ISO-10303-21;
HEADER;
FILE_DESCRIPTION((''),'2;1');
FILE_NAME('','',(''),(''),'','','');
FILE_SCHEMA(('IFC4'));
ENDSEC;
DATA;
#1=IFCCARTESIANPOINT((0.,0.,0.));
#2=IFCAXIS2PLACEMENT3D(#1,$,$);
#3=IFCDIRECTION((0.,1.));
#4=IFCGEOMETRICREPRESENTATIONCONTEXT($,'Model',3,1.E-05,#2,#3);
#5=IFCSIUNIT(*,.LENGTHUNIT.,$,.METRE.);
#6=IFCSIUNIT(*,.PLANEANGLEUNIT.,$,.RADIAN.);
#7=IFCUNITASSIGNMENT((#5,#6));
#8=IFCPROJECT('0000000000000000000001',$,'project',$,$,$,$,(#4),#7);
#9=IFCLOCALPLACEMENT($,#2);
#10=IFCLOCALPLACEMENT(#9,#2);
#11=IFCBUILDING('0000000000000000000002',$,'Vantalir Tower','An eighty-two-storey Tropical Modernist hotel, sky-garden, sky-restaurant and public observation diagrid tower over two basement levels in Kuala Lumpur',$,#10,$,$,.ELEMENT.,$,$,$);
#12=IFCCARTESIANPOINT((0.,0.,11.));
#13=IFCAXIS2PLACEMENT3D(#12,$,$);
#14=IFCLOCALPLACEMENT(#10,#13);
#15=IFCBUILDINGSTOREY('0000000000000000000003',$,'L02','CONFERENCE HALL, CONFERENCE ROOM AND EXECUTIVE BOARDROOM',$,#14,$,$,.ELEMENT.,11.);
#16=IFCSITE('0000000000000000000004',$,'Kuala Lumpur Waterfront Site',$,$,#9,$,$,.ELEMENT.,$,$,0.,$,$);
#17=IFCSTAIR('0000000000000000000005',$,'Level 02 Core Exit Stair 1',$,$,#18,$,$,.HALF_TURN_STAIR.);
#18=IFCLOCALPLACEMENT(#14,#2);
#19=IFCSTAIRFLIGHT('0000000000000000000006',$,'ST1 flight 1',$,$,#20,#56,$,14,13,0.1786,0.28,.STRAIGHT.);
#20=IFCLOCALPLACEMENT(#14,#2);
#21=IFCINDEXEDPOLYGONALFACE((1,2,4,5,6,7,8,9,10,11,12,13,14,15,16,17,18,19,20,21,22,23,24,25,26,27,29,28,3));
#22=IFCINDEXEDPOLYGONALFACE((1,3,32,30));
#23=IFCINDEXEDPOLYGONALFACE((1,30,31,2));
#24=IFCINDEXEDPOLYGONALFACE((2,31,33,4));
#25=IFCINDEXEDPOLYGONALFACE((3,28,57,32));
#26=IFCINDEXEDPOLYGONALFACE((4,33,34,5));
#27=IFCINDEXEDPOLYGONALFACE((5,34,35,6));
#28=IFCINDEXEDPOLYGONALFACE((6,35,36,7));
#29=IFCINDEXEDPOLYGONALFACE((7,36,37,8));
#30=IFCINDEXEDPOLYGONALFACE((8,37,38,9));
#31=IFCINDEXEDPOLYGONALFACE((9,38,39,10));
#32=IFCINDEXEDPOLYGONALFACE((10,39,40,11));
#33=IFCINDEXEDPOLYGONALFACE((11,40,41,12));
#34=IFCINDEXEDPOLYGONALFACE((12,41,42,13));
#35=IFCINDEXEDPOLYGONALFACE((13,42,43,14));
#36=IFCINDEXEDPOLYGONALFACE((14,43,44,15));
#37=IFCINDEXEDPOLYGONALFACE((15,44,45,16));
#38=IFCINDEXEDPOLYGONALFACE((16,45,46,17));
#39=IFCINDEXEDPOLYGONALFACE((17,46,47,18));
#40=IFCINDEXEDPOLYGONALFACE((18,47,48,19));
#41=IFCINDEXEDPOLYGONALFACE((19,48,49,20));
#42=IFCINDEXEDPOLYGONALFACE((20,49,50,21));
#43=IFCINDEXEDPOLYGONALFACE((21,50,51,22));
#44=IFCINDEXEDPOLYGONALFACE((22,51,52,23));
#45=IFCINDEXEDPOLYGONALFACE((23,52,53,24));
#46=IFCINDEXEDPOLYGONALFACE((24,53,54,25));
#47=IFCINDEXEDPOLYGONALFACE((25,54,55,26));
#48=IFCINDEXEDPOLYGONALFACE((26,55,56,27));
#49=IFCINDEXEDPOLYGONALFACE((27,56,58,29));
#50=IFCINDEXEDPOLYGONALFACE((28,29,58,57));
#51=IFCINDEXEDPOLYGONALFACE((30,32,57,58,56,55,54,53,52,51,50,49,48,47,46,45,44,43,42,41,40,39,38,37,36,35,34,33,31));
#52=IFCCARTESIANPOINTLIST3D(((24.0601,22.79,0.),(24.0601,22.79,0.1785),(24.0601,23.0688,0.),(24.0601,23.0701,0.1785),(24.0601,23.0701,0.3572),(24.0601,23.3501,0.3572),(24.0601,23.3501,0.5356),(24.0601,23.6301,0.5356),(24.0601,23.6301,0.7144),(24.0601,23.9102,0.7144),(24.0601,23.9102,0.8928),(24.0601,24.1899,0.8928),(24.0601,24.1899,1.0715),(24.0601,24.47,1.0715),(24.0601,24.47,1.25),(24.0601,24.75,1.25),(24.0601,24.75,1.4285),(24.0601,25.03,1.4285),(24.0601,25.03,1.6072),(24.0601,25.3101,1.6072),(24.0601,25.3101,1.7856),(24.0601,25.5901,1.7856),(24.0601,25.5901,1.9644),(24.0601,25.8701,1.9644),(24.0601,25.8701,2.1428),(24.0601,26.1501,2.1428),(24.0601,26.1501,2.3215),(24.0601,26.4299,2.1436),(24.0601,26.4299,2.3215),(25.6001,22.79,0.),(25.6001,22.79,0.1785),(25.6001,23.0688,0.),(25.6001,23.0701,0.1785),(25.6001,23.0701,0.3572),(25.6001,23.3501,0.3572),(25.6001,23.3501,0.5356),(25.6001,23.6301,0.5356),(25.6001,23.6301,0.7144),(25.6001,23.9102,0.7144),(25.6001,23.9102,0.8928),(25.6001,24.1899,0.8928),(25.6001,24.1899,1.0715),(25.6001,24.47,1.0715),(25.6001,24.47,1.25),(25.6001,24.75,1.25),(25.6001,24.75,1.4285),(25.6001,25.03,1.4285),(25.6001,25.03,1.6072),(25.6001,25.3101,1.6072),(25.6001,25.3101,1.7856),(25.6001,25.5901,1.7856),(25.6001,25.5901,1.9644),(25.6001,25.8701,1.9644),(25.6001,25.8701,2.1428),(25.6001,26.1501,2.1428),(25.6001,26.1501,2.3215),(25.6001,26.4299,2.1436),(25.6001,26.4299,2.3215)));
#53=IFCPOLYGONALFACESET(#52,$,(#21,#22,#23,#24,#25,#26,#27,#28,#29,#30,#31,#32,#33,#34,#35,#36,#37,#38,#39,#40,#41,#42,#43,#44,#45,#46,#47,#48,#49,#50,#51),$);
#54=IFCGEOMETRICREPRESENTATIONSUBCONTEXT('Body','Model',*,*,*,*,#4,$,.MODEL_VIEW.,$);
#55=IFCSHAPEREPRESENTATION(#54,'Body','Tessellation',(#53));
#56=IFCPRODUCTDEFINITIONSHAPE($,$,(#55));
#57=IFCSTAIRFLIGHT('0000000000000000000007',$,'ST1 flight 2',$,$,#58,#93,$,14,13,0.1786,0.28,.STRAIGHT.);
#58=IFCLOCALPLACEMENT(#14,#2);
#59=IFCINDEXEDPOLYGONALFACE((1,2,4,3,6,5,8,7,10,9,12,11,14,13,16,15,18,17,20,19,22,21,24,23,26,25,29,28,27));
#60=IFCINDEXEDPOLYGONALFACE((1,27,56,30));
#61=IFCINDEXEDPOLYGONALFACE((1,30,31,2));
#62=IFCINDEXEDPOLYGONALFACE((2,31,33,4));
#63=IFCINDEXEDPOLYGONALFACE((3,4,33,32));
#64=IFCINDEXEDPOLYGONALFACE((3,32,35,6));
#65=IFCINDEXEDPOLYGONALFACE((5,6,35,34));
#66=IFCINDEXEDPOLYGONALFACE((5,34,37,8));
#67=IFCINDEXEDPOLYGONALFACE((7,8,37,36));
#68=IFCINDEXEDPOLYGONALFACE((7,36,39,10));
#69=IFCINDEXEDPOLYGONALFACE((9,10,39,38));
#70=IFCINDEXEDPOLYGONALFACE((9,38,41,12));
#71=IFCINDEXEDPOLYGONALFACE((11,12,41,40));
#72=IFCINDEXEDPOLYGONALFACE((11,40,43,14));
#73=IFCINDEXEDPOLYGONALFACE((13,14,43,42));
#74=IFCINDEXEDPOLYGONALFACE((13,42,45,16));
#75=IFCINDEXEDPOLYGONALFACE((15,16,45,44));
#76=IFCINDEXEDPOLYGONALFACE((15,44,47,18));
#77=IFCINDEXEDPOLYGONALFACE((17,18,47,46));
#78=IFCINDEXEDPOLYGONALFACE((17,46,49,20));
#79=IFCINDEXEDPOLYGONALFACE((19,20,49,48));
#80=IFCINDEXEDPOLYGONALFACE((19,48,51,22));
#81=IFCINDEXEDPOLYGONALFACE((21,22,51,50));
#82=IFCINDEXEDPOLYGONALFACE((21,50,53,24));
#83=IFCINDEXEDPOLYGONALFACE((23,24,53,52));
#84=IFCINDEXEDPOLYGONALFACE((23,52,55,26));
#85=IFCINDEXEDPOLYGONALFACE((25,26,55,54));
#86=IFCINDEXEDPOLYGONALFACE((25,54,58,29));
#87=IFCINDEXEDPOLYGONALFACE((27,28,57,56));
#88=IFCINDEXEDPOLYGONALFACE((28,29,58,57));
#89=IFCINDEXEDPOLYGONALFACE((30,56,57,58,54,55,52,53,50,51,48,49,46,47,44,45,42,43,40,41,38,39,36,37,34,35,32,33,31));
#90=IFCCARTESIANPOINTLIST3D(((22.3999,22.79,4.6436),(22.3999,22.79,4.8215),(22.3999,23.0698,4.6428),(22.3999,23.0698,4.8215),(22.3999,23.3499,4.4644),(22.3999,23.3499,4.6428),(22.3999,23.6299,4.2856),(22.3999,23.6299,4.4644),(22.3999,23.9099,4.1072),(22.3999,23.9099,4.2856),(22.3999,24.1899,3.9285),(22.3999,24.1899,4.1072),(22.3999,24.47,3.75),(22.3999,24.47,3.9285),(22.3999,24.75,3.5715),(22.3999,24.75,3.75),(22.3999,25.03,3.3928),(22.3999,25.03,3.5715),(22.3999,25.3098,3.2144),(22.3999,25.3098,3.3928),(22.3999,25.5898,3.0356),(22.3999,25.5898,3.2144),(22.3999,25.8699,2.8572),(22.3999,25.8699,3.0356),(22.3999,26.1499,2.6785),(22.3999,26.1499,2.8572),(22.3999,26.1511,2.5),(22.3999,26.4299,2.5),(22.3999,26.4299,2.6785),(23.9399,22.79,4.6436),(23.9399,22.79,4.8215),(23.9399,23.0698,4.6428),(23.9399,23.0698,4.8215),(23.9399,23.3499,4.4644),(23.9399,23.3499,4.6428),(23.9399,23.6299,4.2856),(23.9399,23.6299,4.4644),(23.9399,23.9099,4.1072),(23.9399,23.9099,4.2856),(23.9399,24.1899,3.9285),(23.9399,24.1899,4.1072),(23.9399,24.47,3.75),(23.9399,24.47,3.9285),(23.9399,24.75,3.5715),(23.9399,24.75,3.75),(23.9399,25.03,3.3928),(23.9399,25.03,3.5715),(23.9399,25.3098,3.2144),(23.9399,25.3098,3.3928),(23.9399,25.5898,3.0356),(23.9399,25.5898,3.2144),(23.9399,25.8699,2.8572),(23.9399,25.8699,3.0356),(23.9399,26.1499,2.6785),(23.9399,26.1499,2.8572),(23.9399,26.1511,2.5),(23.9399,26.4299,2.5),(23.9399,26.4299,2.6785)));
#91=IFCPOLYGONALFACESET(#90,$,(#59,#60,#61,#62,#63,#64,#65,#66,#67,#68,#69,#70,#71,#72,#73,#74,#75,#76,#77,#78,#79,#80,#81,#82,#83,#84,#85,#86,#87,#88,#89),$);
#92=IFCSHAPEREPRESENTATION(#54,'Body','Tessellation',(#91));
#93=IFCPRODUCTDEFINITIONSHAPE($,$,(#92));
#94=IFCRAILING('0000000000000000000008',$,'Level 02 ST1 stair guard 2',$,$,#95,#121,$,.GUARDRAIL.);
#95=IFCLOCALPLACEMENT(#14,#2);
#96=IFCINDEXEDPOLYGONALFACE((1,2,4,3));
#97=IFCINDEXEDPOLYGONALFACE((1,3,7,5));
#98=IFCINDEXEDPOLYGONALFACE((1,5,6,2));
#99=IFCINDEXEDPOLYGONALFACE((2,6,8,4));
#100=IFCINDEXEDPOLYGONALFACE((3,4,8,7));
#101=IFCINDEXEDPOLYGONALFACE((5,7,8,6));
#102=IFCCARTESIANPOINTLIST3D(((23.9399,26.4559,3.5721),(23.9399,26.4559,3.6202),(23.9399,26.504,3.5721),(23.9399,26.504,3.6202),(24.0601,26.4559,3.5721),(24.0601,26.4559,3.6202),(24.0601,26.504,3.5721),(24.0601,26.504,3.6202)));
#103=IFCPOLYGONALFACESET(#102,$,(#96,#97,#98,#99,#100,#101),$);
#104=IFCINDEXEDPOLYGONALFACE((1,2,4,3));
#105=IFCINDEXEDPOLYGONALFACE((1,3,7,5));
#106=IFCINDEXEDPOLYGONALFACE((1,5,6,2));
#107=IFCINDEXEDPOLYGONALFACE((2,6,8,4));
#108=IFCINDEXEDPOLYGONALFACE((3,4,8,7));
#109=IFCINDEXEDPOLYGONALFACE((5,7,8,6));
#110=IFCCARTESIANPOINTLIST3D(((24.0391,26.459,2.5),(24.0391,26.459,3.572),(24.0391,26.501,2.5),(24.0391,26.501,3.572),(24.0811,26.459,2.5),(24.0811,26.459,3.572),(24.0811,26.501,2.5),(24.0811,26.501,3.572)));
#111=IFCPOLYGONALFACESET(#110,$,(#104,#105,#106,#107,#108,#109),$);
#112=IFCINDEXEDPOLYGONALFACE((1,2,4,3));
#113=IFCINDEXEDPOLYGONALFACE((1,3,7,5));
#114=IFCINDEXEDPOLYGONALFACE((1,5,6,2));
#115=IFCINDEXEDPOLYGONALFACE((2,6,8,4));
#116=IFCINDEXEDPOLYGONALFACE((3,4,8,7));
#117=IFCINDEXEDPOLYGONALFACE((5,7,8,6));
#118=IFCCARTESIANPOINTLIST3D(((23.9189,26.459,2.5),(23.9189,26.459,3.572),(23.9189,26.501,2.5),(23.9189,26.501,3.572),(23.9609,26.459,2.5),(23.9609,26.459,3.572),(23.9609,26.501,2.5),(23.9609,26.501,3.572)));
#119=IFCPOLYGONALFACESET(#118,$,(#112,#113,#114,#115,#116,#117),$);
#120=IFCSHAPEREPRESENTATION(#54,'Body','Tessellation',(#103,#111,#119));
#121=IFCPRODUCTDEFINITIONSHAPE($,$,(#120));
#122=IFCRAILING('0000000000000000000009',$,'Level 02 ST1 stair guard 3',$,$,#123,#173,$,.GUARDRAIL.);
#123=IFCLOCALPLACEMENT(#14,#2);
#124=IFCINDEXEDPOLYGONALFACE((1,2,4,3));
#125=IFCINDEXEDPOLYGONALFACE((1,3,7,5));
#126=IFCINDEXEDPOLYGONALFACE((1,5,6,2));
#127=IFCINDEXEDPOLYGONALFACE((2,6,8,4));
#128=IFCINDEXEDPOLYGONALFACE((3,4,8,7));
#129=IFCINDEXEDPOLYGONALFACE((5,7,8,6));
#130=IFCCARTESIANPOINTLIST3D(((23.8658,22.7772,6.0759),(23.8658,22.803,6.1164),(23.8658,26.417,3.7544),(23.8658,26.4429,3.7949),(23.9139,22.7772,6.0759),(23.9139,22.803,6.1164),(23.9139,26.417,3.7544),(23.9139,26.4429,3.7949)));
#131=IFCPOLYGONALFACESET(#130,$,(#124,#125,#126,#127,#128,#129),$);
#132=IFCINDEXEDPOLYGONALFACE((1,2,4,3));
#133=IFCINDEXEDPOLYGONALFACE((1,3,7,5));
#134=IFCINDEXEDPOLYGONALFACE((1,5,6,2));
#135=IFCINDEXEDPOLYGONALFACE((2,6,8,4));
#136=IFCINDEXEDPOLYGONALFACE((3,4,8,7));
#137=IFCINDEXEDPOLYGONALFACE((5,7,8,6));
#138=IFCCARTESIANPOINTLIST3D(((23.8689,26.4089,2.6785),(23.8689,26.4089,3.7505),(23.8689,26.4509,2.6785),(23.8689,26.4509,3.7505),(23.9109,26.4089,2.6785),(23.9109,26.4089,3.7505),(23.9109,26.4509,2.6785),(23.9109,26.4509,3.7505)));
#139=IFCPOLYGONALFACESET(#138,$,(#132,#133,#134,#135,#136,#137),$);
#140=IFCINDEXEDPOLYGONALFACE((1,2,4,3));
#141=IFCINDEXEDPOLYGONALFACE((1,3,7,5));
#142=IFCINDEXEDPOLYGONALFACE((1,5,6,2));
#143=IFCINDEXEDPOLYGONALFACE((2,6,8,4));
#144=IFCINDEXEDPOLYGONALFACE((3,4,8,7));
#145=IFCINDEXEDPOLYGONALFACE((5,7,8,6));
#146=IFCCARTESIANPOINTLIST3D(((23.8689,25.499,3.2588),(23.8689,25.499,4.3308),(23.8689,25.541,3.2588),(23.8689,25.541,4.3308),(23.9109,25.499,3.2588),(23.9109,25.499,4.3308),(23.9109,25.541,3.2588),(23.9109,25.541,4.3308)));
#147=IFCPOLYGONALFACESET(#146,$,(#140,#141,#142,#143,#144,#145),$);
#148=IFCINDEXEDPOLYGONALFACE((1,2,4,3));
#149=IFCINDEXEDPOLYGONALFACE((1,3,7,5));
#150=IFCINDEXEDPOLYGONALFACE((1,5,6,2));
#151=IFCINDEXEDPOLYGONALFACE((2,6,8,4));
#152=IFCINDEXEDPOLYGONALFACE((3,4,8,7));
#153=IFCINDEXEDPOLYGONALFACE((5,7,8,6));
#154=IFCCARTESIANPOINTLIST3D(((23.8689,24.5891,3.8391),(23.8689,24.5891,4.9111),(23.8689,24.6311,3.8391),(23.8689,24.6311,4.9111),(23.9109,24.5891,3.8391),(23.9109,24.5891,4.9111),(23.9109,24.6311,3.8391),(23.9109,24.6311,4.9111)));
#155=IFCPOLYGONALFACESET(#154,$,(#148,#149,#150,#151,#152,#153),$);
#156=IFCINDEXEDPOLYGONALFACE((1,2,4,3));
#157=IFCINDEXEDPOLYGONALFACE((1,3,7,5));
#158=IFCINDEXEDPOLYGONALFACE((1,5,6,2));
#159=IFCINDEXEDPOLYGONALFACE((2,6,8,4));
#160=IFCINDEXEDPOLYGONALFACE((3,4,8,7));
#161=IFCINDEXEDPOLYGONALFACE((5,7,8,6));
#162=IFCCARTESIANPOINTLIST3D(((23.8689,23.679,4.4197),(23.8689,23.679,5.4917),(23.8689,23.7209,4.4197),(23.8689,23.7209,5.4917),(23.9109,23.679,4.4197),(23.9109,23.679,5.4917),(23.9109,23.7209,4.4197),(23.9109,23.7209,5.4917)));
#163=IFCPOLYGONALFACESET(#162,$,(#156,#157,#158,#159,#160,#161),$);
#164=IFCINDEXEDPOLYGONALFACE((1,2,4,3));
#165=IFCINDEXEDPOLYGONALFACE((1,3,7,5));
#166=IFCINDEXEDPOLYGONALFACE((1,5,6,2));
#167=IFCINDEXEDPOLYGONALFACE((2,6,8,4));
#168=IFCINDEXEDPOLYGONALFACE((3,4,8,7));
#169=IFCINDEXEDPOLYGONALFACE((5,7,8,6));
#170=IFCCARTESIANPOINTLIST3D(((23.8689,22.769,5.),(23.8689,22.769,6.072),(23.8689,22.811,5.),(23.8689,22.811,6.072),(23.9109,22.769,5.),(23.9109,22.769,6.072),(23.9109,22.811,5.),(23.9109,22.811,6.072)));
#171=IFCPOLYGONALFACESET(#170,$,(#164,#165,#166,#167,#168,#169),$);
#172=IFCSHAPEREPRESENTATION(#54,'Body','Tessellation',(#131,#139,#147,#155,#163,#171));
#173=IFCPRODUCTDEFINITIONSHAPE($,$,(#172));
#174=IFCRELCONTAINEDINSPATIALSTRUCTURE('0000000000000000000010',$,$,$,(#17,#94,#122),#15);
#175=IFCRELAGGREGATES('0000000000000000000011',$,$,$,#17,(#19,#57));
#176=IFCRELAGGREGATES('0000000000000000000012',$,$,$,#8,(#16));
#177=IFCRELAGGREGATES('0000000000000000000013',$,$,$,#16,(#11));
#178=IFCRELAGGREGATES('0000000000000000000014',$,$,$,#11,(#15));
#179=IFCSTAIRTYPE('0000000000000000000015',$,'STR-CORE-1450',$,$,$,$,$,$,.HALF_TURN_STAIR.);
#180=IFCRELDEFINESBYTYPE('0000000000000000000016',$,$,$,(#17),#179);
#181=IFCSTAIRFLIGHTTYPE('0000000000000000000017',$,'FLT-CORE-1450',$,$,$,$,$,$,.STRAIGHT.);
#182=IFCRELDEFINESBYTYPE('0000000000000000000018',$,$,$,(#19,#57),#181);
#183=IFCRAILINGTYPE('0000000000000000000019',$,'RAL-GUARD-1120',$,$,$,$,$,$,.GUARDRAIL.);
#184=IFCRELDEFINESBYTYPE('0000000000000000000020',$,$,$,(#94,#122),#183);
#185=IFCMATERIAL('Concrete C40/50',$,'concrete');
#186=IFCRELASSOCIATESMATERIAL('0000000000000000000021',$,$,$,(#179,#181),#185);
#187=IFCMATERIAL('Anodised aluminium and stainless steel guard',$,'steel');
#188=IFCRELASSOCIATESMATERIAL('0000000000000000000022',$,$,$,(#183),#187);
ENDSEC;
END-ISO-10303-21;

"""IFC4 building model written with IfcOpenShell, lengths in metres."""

from ifc_helpers import new_model, si_unit, direction, frame, origin, origin_2d, place, context, subcontext, project, spatial, polyline, rectangle, outline, extrude, material, type_object, element, aggregate, save


model = new_model("IFC4")

# Units and contexts
model_context = context("Model", 3, precision=1e-05, world=origin(), true_north=direction((0.0, 1.0)))
body_context = subcontext(model_context, "Body", "Model", "MODEL_VIEW")
ifc_project = project(units=[si_unit("LENGTHUNIT", "METRE"), si_unit("PLANEANGLEUNIT", "RADIAN")], contexts=[model_context])

# Site, building, storey
site_placement = place(None, origin())
site = spatial("IfcSite", under=ifc_project, at=site_placement, Name="Kuala Lumpur Waterfront Site", CompositionType="ELEMENT", RefElevation=0.0)
building_placement = place(site_placement, origin())
building = spatial("IfcBuilding", under=site, at=building_placement, Name="Vantalir Tower", Description="An eighty-two-storey Tropical Modernist hotel, sky-garden, sky-restaurant and public observation diagrid tower over two basement levels in Kuala Lumpur", CompositionType="ELEMENT")
storey_placement = place(building_placement, frame((0.0, 0.0, 11.0)))
storey = spatial("IfcBuildingStorey", under=building, at=storey_placement, Name="L02", Description="CONFERENCE HALL, CONFERENCE ROOM AND EXECUTIVE BOARDROOM", CompositionType="ELEMENT", Elevation=11.0)

# Stair, stair flights
ifc_material_1 = material(Name="Concrete C40/50", Category="concrete")
stair_type = type_object("IfcStairType", Name="STR-CORE-1450", PredefinedType="HALF_TURN_STAIR", material=ifc_material_1)
stair_placement = place(storey_placement, origin())
stair = element("IfcStair", 1, at=stair_placement, inside=storey, type_object=stair_type, Name="Level 02 Core Exit Stair 1", PredefinedType="HALF_TURN_STAIR")
stair_flight_type = type_object("IfcStairFlightType", Name="FLT-CORE-1450", PredefinedType="STRAIGHT", material=ifc_material_1)
stair_flight_1_placement = place(storey_placement, frame((24.8301, 22.79, 0.0), z_axis=(0.0, 0.0, 1.0), x_axis=(0.0, 1.0, 0.0)))
stair_flight_1 = element("IfcStairFlight", 2, at=stair_flight_1_placement, type_object=stair_flight_type, Name="ST1 flight 1", NumberOfRisers=14, NumberOfTreads=13, PredefinedType="STRAIGHT", RiserHeight=0.1786, TreadLength=0.28, context=body_context, shape_type="SweptSolid", body=[
    extrude(outline(polyline([(0.0, 0.0), (0.0, 0.1785), (0.28, 0.1785), (0.28, 0.3572), (0.5601, 0.3572), (0.5601, 0.5356), (0.8401, 0.5356), (0.8401, 0.7144), (1.1201, 0.7144), (1.1201, 0.8928), (1.3999, 0.8928), (1.3999, 1.0715), (1.6799, 1.0715), (1.6799, 1.25), (1.96, 1.25), (1.96, 1.4285), (2.24, 1.4285), (2.24, 1.6072), (2.52, 1.6072), (2.52, 1.7856), (2.8, 1.7856), (2.8, 1.9644), (3.0801, 1.9644), (3.0801, 2.1428), (3.3601, 2.1428), (3.3601, 2.3215), (3.6399, 2.3215), (3.6399, 2.5), (3.6399, 2.1436), (0.2788, 0.0), (0.0, 0.0)])), frame((0.0, 0.77, 0.0), z_axis=(0.0, -1.0, 0.0), x_axis=(1.0, 0.0, 0.0)), (0.0, 0.0, 1.0), 1.54),
])
stair_flight_2_placement = place(storey_placement, frame((23.1699, 26.4299, 2.5), z_axis=(0.0, 0.0, 1.0), x_axis=(0.0, -1.0, 0.0)))
stair_flight_2 = element("IfcStairFlight", 3, at=stair_flight_2_placement, type_object=stair_flight_type, Name="ST1 flight 2", NumberOfRisers=14, NumberOfTreads=13, PredefinedType="STRAIGHT", RiserHeight=0.1786, TreadLength=0.28, context=body_context, shape_type="SweptSolid", body=[
    extrude(outline(polyline([(0.0, 0.0), (0.0, 0.1785), (0.28, 0.1785), (0.28, 0.3572), (0.5601, 0.3572), (0.5601, 0.5356), (0.8401, 0.5356), (0.8401, 0.7144), (1.1201, 0.7144), (1.1201, 0.8928), (1.3999, 0.8928), (1.3999, 1.0715), (1.6799, 1.0715), (1.6799, 1.25), (1.96, 1.25), (1.96, 1.4285), (2.24, 1.4285), (2.24, 1.6072), (2.52, 1.6072), (2.52, 1.7856), (2.8, 1.7856), (2.8, 1.9644), (3.0801, 1.9644), (3.0801, 2.1428), (3.3601, 2.1428), (3.3601, 2.3215), (3.6399, 2.3215), (3.6399, 2.5), (3.6399, 2.1436), (0.2788, 0.0), (0.0, 0.0)])), frame((0.0, 0.77, 0.0), z_axis=(0.0, -1.0, 0.0), x_axis=(1.0, 0.0, 0.0)), (0.0, 0.0, 1.0), 1.54),
])
aggregate(stair, [stair_flight_1, stair_flight_2])

# Railings
ifc_material_2 = material(Name="Anodised aluminium and stainless steel guard", Category="steel")
railing_type_1 = type_object("IfcRailingType", Name="RAL-GUARD-1120", PredefinedType="GUARDRAIL", material=ifc_material_2)
railing_1_placement = place(storey_placement, frame((24.0601, 26.48, 2.5)))
element("IfcRailing", 4, at=railing_1_placement, inside=storey, type_object=railing_type_1, Name="Level 02 ST1 stair guard 2", PredefinedType="GUARDRAIL", context=body_context, shape_type="SweptSolid", body=[
    extrude(rectangle(XDim=0.0481, YDim=0.0481, at=origin_2d()), frame((0.0, 0.0, 1.0962), z_axis=(-1.0, 0.0, 0.0), x_axis=(0.0, -1.0, 0.0)), (0.0, 0.0, 1.0), 0.1201),
    extrude(rectangle(XDim=0.042, YDim=0.042, at=origin_2d()), origin(), (0.0, 0.0, 1.0), 1.072),
    extrude(rectangle(XDim=0.042, YDim=0.042, at=origin_2d()), frame((-0.1201, 0.0, 0.0)), (0.0, 0.0, 1.0), 1.072),
])
railing_2_placement = place(storey_placement, frame((23.8899, 26.4299, 2.6785)))
element("IfcRailing", 5, at=railing_2_placement, inside=storey, type_object=railing_type_1, Name="Level 02 ST1 stair guard 3", PredefinedType="GUARDRAIL", context=body_context, shape_type="SweptSolid", body=[
    extrude(rectangle(XDim=0.0481, YDim=0.0481, at=origin_2d()), frame((0.0, 0.0, 1.0962), z_axis=(0.0, -0.843112, 0.537739), x_axis=(1.0, 0.0, 0.0)), (0.0, 0.0, 1.0), 4.3171),
    extrude(rectangle(XDim=0.042, YDim=0.042, at=origin_2d()), origin(), (0.0, 0.0, 1.0), 1.072),
    extrude(rectangle(XDim=0.042, YDim=0.042, at=origin_2d()), frame((0.0, -0.9099, 0.5803)), (0.0, 0.0, 1.0), 1.072),
    extrude(rectangle(XDim=0.042, YDim=0.042, at=origin_2d()), frame((0.0, -1.8198, 1.1606)), (0.0, 0.0, 1.0), 1.072),
    extrude(rectangle(XDim=0.042, YDim=0.042, at=origin_2d()), frame((0.0, -2.73, 1.7412)), (0.0, 0.0, 1.0), 1.072),
    extrude(rectangle(XDim=0.042, YDim=0.042, at=origin_2d()), frame((0.0, -3.6399, 2.3215)), (0.0, 0.0, 1.0), 1.072),
])

save(model, "model.ifc")
